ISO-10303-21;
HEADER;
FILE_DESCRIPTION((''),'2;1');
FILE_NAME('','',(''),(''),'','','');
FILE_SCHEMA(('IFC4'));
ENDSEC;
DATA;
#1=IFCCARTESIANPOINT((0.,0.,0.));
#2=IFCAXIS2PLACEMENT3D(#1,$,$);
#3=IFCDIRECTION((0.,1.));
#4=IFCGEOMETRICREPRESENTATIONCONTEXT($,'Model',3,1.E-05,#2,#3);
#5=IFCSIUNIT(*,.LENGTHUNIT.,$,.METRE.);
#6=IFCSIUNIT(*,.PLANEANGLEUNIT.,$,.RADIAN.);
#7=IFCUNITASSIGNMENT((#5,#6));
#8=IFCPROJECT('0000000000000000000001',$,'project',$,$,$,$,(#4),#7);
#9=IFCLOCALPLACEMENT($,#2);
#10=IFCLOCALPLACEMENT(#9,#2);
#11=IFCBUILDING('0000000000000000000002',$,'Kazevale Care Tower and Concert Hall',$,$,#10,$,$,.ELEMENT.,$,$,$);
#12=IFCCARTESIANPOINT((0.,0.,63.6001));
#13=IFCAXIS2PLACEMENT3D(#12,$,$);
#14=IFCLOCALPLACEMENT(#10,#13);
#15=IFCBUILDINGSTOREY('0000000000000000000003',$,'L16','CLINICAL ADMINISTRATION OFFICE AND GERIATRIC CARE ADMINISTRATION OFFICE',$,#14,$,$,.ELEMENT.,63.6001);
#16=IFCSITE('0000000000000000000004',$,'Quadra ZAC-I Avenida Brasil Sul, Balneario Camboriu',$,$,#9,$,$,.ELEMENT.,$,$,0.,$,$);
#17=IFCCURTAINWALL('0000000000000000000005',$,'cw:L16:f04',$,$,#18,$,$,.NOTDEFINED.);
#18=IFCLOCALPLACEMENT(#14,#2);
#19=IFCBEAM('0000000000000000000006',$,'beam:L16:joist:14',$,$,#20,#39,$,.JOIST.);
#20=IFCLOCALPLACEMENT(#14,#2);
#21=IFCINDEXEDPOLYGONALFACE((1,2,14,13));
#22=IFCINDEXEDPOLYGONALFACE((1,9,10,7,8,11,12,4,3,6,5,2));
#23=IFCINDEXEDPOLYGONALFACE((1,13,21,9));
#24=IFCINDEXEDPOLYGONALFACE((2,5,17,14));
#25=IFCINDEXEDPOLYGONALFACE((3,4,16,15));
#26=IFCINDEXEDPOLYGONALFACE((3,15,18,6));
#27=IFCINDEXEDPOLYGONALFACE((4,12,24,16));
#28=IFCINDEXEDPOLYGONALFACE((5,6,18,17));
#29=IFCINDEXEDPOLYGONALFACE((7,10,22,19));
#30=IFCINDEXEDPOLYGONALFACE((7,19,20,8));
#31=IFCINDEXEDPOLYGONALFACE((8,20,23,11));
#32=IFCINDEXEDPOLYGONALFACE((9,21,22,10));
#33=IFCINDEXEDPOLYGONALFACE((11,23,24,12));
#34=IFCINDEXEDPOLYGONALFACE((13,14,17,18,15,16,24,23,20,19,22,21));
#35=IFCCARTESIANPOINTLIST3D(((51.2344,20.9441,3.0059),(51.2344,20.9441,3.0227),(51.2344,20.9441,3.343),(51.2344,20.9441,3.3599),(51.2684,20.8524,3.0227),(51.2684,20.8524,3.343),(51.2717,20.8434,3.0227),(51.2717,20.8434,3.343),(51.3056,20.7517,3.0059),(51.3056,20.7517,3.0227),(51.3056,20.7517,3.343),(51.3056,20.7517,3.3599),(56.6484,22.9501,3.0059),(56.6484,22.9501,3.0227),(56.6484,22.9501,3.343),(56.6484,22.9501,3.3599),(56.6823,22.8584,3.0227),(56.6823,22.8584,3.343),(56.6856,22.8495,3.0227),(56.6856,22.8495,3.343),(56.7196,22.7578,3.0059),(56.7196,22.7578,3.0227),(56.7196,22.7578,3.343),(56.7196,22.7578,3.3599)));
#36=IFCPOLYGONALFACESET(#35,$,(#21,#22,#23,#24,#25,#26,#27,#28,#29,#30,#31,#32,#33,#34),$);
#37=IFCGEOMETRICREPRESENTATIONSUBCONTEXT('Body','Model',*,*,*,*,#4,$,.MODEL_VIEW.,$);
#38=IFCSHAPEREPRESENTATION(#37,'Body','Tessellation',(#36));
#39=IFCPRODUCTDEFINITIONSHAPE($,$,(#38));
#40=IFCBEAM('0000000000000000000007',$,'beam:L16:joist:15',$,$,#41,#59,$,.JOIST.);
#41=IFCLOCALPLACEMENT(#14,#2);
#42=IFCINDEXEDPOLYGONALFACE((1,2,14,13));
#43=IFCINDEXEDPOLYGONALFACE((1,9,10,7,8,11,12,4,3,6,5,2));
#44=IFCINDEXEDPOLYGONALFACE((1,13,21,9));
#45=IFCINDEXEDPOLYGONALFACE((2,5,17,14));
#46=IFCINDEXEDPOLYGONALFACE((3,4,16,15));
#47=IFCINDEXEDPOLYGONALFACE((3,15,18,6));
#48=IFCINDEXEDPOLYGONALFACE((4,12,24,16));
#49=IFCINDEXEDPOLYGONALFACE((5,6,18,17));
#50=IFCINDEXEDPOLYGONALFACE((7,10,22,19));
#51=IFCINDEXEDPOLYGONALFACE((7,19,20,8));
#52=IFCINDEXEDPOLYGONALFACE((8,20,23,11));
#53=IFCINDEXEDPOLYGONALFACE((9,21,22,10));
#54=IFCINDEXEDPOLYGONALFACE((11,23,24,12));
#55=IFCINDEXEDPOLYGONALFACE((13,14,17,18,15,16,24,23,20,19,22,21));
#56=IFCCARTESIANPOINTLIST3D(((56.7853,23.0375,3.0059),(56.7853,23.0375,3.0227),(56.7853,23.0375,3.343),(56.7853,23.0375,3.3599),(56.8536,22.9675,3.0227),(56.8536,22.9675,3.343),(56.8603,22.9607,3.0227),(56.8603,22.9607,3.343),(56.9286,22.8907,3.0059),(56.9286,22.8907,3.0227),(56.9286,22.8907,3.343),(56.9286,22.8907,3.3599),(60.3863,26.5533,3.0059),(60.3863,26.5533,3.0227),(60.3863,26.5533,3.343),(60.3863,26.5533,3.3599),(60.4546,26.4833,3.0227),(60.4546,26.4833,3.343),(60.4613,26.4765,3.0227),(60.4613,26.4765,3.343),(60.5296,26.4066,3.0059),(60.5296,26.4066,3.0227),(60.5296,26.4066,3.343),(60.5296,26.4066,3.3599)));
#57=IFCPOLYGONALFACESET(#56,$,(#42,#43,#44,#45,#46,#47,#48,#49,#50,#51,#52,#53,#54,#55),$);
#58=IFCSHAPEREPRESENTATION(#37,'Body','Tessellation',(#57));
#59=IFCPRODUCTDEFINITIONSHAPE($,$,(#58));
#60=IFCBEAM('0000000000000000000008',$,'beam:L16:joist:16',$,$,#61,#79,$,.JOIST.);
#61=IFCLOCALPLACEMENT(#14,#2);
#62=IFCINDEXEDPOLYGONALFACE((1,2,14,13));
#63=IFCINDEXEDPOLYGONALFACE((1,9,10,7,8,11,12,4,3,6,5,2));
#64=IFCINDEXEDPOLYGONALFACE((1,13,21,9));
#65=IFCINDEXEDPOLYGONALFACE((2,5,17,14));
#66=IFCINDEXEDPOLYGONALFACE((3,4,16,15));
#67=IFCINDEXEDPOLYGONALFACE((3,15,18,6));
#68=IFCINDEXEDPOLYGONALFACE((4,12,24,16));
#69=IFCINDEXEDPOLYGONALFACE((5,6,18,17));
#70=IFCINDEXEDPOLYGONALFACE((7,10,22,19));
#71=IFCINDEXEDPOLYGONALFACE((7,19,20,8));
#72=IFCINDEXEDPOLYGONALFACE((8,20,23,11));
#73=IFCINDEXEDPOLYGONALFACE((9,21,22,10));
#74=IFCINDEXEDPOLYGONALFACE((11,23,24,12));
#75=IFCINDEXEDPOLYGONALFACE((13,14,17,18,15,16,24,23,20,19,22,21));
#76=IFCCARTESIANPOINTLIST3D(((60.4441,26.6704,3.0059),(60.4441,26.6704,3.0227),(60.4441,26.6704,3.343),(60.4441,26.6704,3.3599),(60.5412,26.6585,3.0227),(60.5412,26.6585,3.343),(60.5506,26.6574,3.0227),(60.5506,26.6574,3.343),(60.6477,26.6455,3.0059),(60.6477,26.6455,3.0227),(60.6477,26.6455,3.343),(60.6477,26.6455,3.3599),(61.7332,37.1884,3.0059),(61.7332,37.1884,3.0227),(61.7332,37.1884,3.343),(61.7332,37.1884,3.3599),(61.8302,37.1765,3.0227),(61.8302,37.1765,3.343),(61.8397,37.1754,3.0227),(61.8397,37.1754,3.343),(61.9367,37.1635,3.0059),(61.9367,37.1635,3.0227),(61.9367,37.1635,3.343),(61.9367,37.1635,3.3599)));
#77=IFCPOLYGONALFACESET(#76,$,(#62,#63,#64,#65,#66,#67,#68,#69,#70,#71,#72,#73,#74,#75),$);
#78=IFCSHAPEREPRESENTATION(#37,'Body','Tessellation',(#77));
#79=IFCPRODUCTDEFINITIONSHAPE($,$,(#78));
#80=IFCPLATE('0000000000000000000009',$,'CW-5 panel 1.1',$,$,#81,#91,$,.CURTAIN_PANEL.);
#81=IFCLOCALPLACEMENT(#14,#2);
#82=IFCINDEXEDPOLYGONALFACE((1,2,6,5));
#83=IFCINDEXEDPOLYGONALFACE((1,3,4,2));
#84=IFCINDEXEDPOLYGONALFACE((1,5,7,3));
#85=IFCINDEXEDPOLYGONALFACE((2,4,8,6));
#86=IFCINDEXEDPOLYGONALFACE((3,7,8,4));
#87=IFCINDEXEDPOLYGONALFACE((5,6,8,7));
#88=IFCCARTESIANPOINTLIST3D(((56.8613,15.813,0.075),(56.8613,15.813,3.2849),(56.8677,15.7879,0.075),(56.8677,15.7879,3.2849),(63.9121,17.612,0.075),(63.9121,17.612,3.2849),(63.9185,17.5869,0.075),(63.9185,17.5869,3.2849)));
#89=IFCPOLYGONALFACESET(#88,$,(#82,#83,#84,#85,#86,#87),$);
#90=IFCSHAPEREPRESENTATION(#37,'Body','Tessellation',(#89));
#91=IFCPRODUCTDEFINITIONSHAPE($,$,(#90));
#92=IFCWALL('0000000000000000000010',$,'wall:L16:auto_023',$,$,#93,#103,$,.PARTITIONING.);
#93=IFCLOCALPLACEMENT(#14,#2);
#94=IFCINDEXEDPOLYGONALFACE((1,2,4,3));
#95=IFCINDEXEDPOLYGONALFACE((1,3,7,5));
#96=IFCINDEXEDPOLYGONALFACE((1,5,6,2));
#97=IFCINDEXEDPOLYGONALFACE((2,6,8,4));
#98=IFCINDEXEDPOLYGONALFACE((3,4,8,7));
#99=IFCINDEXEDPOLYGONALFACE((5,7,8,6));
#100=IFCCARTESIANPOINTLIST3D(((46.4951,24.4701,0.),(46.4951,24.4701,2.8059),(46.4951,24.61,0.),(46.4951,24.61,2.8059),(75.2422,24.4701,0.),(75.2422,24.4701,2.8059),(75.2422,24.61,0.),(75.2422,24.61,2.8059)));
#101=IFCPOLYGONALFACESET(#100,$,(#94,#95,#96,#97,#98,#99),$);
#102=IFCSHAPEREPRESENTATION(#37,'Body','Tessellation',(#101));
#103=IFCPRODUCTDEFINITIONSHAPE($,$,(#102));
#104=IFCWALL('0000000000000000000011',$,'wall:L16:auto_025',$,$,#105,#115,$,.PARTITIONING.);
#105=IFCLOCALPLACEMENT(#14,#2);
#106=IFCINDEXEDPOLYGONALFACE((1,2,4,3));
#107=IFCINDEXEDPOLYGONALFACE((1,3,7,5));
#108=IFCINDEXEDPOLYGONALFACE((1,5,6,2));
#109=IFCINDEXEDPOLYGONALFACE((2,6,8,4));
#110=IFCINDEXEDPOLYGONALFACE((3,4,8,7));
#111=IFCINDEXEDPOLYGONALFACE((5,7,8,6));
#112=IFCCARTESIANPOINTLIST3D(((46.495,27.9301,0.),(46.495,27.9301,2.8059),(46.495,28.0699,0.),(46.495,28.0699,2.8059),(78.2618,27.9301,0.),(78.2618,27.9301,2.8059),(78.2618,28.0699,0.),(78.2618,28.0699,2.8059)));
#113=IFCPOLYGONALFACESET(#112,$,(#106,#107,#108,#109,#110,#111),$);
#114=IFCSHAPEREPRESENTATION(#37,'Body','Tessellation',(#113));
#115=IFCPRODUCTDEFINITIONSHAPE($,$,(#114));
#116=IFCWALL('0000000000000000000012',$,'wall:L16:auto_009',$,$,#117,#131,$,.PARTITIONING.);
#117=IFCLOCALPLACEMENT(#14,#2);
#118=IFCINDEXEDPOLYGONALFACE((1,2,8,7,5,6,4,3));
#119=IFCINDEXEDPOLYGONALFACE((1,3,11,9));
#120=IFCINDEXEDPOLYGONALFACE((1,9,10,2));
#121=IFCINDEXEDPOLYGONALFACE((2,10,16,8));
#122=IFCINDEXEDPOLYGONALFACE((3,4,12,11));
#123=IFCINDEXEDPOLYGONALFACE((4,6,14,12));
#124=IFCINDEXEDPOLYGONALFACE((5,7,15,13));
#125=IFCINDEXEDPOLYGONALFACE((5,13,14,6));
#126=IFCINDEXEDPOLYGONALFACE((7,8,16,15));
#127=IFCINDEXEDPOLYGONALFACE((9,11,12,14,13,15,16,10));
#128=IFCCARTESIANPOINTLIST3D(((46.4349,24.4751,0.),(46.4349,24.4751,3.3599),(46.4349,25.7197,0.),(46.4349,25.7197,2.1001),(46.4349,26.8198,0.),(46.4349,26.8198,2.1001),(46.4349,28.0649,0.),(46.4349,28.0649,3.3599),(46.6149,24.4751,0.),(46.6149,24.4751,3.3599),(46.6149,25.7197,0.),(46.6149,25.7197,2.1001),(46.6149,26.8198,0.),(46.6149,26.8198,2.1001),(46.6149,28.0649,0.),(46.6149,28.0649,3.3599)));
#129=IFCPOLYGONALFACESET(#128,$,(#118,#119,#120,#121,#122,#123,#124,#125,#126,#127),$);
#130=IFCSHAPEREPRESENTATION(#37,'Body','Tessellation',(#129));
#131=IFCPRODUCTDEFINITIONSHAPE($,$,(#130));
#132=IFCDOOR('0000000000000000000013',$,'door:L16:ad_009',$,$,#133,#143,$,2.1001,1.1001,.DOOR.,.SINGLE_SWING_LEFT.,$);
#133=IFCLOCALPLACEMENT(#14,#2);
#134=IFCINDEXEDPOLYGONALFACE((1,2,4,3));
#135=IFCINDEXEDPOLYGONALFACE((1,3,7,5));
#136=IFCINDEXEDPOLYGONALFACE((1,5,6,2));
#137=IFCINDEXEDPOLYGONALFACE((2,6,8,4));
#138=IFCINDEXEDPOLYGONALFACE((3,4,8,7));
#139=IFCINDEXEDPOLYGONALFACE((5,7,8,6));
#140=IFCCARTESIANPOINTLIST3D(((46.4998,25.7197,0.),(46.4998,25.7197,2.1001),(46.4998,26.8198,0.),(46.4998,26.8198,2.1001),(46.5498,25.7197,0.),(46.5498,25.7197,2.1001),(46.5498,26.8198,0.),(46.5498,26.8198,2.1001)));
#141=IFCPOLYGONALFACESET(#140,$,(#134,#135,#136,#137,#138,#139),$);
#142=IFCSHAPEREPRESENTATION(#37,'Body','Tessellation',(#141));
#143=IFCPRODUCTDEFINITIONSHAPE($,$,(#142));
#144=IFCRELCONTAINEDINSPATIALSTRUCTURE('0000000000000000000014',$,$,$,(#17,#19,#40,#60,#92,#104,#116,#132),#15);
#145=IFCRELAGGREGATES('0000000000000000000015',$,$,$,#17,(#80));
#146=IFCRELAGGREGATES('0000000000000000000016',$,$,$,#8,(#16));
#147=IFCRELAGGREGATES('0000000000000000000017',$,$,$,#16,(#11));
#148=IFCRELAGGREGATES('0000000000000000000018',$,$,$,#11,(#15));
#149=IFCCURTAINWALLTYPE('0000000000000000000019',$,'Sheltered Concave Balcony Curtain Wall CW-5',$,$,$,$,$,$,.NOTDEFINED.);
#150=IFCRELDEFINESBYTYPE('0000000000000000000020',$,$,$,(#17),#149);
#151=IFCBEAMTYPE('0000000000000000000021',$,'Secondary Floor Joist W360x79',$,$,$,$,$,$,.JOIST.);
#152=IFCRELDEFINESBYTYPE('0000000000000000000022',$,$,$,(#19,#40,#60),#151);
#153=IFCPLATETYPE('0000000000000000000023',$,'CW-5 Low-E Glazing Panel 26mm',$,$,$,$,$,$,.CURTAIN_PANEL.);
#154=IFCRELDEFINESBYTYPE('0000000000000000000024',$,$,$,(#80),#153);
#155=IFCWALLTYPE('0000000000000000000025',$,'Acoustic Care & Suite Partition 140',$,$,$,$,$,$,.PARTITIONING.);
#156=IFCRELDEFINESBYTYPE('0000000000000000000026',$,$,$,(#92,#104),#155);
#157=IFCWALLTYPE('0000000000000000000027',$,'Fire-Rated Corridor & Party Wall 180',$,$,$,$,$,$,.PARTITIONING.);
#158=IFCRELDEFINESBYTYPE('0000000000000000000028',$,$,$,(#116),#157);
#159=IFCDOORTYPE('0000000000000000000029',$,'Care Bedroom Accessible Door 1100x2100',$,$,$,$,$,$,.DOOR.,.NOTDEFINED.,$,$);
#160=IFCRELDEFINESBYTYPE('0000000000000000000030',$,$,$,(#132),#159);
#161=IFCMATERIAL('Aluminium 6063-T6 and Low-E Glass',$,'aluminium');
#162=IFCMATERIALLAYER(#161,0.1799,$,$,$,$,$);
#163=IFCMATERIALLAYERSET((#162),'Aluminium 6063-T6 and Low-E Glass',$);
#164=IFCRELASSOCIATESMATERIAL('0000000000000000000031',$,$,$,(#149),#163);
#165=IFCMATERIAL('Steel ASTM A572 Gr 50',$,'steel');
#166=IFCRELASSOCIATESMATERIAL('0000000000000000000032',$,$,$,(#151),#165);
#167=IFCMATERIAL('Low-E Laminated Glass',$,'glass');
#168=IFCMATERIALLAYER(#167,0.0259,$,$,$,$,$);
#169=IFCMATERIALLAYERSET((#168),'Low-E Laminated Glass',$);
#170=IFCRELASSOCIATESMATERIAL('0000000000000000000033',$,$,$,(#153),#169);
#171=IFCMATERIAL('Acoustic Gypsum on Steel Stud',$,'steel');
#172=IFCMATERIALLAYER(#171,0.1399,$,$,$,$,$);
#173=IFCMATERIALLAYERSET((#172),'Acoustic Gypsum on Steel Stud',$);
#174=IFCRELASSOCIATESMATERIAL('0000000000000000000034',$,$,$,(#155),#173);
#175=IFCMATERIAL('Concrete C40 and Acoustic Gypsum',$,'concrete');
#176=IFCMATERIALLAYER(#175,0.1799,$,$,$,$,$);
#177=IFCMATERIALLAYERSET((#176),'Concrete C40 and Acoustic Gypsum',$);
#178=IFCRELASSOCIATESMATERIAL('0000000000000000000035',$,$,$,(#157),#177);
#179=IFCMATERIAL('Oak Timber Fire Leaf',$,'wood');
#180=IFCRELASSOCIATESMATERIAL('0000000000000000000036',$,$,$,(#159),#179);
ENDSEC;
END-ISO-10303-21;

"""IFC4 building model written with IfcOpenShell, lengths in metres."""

from ifc_helpers import new_model, si_unit, direction, frame, frame_2d, origin, origin_2d, place, context, subcontext, project, spatial, rectangle, i_section, extrude, material, layer, layer_set, material_profile, profile_set, type_object, element, fill, aggregate, save


model = new_model("IFC4")

# Units and contexts
model_context = context("Model", 3, precision=1e-05, world=origin(), true_north=direction((0.0, 1.0)))
body_context = subcontext(model_context, "Body", "Model", "MODEL_VIEW")
ifc_project = project(units=[si_unit("LENGTHUNIT", "METRE"), si_unit("PLANEANGLEUNIT", "RADIAN")], contexts=[model_context])

# Site, building, storey
site_placement = place(None, origin())
site = spatial("IfcSite", under=ifc_project, at=site_placement, Name="Quadra ZAC-I Avenida Brasil Sul, Balneario Camboriu", CompositionType="ELEMENT", RefElevation=0.0)
building_placement = place(site_placement, origin())
building = spatial("IfcBuilding", under=site, at=building_placement, Name="Kazevale Care Tower and Concert Hall", CompositionType="ELEMENT")
storey_placement = place(building_placement, frame((0.0, 0.0, 63.6001)))
storey = spatial("IfcBuildingStorey", under=building, at=storey_placement, Name="L16", Description="CLINICAL ADMINISTRATION OFFICE AND GERIATRIC CARE ADMINISTRATION OFFICE", CompositionType="ELEMENT", Elevation=63.6001)

# Curtain wall
ifc_material_1 = material(Name="Aluminium 6063-T6 and Low-E Glass", Category="aluminium")
ifc_layer_1 = layer(ifc_material_1, 0.1799)
ifc_layer_set_1 = layer_set([ifc_layer_1], Name="Aluminium 6063-T6 and Low-E Glass")
curtain_wall_type = type_object("IfcCurtainWallType", Name="Sheltered Concave Balcony Curtain Wall CW-5", PredefinedType="NOTDEFINED", material=ifc_layer_set_1)
curtain_wall_1_placement = place(storey_placement, origin())
curtain_wall_1 = element("IfcCurtainWall", 1, at=curtain_wall_1_placement, inside=storey, type_object=curtain_wall_type, Name="cw:L16:f04", PredefinedType="NOTDEFINED")

# Beams
ifc_material_2 = material(Name="Steel ASTM A572 Gr 50", Category="steel")
ifc_material_profile_1 = material_profile(ifc_material_2, i_section(OverallWidth=0.2051, OverallDepth=0.354, WebThickness=0.0095, FlangeThickness=0.0168, at=origin_2d()), Name="W360x79")
ifc_profile_set_1 = profile_set([ifc_material_profile_1], Name="Steel ASTM A572 Gr 50")
beam_type_1 = type_object("IfcBeamType", Name="Secondary Floor Joist W360x79", PredefinedType="JOIST", material=ifc_profile_set_1)
beam_1_placement = place(storey_placement, frame((51.27, 20.8479, 3.1829), z_axis=(0.937698, 0.347451, 0.0), x_axis=(-0.347451, 0.937698, 0.0)))
element("IfcBeam", 2, at=beam_1_placement, inside=storey, type_object=beam_type_1, Name="beam:L16:joist:14", PredefinedType="JOIST", context=body_context, shape_type="SweptSolid", body=[
    extrude(i_section(OverallWidth=0.2051, OverallDepth=0.354, WebThickness=0.0095, FlangeThickness=0.0168, at=origin_2d()), origin(), (0.0, 0.0, 1.0), 5.7737),
])
beam_2_placement = place(storey_placement, frame((56.8569, 22.9641, 3.1829), z_axis=(0.715521, 0.698591, 0.0), x_axis=(-0.698591, 0.715521, 0.0)))
element("IfcBeam", 3, at=beam_2_placement, inside=storey, type_object=beam_type_1, Name="beam:L16:joist:15", PredefinedType="JOIST", context=body_context, shape_type="SweptSolid", body=[
    extrude(i_section(OverallWidth=0.2051, OverallDepth=0.354, WebThickness=0.0095, FlangeThickness=0.0168, at=origin_2d()), origin(), (0.0, 0.0, 1.0), 5.0327),
])
beam_3_placement = place(storey_placement, frame((60.5459, 26.658, 3.1829), z_axis=(0.121647, 0.992573, 0.0), x_axis=(-0.992573, 0.121647, 0.0)))
element("IfcBeam", 4, at=beam_3_placement, inside=storey, type_object=beam_type_1, Name="beam:L16:joist:16", PredefinedType="JOIST", context=body_context, shape_type="SweptSolid", body=[
    extrude(i_section(OverallWidth=0.2051, OverallDepth=0.354, WebThickness=0.0095, FlangeThickness=0.0168, at=origin_2d()), origin(), (0.0, 0.0, 1.0), 10.5967),
])

# Plate
ifc_material_3 = material(Name="Low-E Laminated Glass", Category="glass")
ifc_layer_2 = layer(ifc_material_3, 0.0259)
ifc_layer_set_2 = layer_set([ifc_layer_2], Name="Low-E Laminated Glass")
plate_type = type_object("IfcPlateType", Name="CW-5 Low-E Glazing Panel 26mm", PredefinedType="CURTAIN_PANEL", material=ifc_layer_set_2)
plate_placement = place(storey_placement, frame((60.3899, 16.7, 0.075), z_axis=(0.0, 0.0, 1.0), x_axis=(-0.968959, -0.247222, 0.0)))
plate = element("IfcPlate", 5, at=plate_placement, type_object=plate_type, Name="CW-5 panel 1.1", PredefinedType="CURTAIN_PANEL", context=body_context, shape_type="SweptSolid", body=[
    extrude(rectangle(XDim=7.2766, YDim=0.0259, at=origin_2d()), origin(), (0.0, 0.0, 1.0), 3.21),
])
aggregate(curtain_wall_1, [plate])

# Walls
ifc_material_4 = material(Name="Acoustic Gypsum on Steel Stud", Category="steel")
ifc_layer_3 = layer(ifc_material_4, 0.1399)
ifc_layer_set_3 = layer_set([ifc_layer_3], Name="Acoustic Gypsum on Steel Stud")
wall_type_1 = type_object("IfcWallType", Name="Acoustic Care & Suite Partition 140", PredefinedType="PARTITIONING", material=ifc_layer_set_3)
wall_1_placement = place(storey_placement, frame((46.4951, 24.54, 0.0), z_axis=(0.0, 0.0, 1.0), x_axis=(1.0, 0.0, 0.0)))
element("IfcWall", 6, at=wall_1_placement, inside=storey, type_object=wall_type_1, Name="wall:L16:auto_023", PredefinedType="PARTITIONING", context=body_context, shape_type="SweptSolid", body=[
    extrude(rectangle(XDim=28.7471, YDim=0.1399, at=frame_2d((14.3735, 0.0))), origin(), (0.0, 0.0, 1.0), 2.8059),
])
wall_2_placement = place(storey_placement, frame((46.4951, 28.0, 0.0), z_axis=(0.0, 0.0, 1.0), x_axis=(1.0, 0.0, 0.0)))
element("IfcWall", 7, at=wall_2_placement, inside=storey, type_object=wall_type_1, Name="wall:L16:auto_025", PredefinedType="PARTITIONING", context=body_context, shape_type="SweptSolid", body=[
    extrude(rectangle(XDim=31.7668, YDim=0.1399, at=frame_2d((15.8833, 0.0))), origin(), (0.0, 0.0, 1.0), 2.8059),
])

# Wall, opening, door
ifc_material_5 = material(Name="Concrete C40 and Acoustic Gypsum", Category="concrete")
ifc_layer_4 = layer(ifc_material_5, 0.1799)
ifc_layer_set_4 = layer_set([ifc_layer_4], Name="Concrete C40 and Acoustic Gypsum")
wall_type_2 = type_object("IfcWallType", Name="Fire-Rated Corridor & Party Wall 180", PredefinedType="PARTITIONING", material=ifc_layer_set_4)
ifc_material_6 = material(Name="Oak Timber Fire Leaf", Category="wood")
wall_3_placement = place(storey_placement, frame((46.5249, 28.0649, 0.0), z_axis=(0.0, 0.0, 1.0), x_axis=(0.0, -1.0, 0.0)))
wall_3 = element("IfcWall", 8, at=wall_3_placement, inside=storey, type_object=wall_type_2, Name="wall:L16:auto_009", PredefinedType="PARTITIONING", context=body_context, shape_type="SweptSolid", body=[
    extrude(rectangle(XDim=3.5898, YDim=0.1799, at=frame_2d((1.7949, 0.0))), origin(), (0.0, 0.0, 1.0), 3.3599),
])
opening_1_placement = place(wall_3_placement, frame((1.2451, 0.0, 0.0)))
opening_1 = element("IfcOpeningElement", 9, at=opening_1_placement, cuts=wall_3, PredefinedType="OPENING", context=body_context, shape_type="SweptSolid", body=[
    extrude(rectangle(XDim=1.1001, YDim=2.1001, at=frame_2d((0.55, 1.05))), frame((0.0, 0.0999, 0.0), z_axis=(0.0, -1.0, 0.0), x_axis=(1.0, 0.0, 0.0)), (0.0, 0.0, 1.0), 0.2),
])
door_type_1 = type_object("IfcDoorType", Name="Care Bedroom Accessible Door 1100x2100", OperationType="NOTDEFINED", PredefinedType="DOOR", material=ifc_material_6)
door_1_placement = place(opening_1_placement, origin())
door_1 = element("IfcDoor", 10, at=door_1_placement, inside=storey, type_object=door_type_1, Name="door:L16:ad_009", OperationType="SINGLE_SWING_LEFT", OverallHeight=2.1001, OverallWidth=1.1001, PredefinedType="DOOR", context=body_context, shape_type="SweptSolid", body=[
    extrude(rectangle(XDim=1.1001, YDim=2.1001, at=frame_2d((0.55, 1.05))), frame((0.0, 0.0249, 0.0), z_axis=(0.0, -1.0, 0.0), x_axis=(1.0, 0.0, 0.0)), (0.0, 0.0, 1.0), 0.05),
])
fill(opening_1, door_1)

save(model, "model.ifc")
